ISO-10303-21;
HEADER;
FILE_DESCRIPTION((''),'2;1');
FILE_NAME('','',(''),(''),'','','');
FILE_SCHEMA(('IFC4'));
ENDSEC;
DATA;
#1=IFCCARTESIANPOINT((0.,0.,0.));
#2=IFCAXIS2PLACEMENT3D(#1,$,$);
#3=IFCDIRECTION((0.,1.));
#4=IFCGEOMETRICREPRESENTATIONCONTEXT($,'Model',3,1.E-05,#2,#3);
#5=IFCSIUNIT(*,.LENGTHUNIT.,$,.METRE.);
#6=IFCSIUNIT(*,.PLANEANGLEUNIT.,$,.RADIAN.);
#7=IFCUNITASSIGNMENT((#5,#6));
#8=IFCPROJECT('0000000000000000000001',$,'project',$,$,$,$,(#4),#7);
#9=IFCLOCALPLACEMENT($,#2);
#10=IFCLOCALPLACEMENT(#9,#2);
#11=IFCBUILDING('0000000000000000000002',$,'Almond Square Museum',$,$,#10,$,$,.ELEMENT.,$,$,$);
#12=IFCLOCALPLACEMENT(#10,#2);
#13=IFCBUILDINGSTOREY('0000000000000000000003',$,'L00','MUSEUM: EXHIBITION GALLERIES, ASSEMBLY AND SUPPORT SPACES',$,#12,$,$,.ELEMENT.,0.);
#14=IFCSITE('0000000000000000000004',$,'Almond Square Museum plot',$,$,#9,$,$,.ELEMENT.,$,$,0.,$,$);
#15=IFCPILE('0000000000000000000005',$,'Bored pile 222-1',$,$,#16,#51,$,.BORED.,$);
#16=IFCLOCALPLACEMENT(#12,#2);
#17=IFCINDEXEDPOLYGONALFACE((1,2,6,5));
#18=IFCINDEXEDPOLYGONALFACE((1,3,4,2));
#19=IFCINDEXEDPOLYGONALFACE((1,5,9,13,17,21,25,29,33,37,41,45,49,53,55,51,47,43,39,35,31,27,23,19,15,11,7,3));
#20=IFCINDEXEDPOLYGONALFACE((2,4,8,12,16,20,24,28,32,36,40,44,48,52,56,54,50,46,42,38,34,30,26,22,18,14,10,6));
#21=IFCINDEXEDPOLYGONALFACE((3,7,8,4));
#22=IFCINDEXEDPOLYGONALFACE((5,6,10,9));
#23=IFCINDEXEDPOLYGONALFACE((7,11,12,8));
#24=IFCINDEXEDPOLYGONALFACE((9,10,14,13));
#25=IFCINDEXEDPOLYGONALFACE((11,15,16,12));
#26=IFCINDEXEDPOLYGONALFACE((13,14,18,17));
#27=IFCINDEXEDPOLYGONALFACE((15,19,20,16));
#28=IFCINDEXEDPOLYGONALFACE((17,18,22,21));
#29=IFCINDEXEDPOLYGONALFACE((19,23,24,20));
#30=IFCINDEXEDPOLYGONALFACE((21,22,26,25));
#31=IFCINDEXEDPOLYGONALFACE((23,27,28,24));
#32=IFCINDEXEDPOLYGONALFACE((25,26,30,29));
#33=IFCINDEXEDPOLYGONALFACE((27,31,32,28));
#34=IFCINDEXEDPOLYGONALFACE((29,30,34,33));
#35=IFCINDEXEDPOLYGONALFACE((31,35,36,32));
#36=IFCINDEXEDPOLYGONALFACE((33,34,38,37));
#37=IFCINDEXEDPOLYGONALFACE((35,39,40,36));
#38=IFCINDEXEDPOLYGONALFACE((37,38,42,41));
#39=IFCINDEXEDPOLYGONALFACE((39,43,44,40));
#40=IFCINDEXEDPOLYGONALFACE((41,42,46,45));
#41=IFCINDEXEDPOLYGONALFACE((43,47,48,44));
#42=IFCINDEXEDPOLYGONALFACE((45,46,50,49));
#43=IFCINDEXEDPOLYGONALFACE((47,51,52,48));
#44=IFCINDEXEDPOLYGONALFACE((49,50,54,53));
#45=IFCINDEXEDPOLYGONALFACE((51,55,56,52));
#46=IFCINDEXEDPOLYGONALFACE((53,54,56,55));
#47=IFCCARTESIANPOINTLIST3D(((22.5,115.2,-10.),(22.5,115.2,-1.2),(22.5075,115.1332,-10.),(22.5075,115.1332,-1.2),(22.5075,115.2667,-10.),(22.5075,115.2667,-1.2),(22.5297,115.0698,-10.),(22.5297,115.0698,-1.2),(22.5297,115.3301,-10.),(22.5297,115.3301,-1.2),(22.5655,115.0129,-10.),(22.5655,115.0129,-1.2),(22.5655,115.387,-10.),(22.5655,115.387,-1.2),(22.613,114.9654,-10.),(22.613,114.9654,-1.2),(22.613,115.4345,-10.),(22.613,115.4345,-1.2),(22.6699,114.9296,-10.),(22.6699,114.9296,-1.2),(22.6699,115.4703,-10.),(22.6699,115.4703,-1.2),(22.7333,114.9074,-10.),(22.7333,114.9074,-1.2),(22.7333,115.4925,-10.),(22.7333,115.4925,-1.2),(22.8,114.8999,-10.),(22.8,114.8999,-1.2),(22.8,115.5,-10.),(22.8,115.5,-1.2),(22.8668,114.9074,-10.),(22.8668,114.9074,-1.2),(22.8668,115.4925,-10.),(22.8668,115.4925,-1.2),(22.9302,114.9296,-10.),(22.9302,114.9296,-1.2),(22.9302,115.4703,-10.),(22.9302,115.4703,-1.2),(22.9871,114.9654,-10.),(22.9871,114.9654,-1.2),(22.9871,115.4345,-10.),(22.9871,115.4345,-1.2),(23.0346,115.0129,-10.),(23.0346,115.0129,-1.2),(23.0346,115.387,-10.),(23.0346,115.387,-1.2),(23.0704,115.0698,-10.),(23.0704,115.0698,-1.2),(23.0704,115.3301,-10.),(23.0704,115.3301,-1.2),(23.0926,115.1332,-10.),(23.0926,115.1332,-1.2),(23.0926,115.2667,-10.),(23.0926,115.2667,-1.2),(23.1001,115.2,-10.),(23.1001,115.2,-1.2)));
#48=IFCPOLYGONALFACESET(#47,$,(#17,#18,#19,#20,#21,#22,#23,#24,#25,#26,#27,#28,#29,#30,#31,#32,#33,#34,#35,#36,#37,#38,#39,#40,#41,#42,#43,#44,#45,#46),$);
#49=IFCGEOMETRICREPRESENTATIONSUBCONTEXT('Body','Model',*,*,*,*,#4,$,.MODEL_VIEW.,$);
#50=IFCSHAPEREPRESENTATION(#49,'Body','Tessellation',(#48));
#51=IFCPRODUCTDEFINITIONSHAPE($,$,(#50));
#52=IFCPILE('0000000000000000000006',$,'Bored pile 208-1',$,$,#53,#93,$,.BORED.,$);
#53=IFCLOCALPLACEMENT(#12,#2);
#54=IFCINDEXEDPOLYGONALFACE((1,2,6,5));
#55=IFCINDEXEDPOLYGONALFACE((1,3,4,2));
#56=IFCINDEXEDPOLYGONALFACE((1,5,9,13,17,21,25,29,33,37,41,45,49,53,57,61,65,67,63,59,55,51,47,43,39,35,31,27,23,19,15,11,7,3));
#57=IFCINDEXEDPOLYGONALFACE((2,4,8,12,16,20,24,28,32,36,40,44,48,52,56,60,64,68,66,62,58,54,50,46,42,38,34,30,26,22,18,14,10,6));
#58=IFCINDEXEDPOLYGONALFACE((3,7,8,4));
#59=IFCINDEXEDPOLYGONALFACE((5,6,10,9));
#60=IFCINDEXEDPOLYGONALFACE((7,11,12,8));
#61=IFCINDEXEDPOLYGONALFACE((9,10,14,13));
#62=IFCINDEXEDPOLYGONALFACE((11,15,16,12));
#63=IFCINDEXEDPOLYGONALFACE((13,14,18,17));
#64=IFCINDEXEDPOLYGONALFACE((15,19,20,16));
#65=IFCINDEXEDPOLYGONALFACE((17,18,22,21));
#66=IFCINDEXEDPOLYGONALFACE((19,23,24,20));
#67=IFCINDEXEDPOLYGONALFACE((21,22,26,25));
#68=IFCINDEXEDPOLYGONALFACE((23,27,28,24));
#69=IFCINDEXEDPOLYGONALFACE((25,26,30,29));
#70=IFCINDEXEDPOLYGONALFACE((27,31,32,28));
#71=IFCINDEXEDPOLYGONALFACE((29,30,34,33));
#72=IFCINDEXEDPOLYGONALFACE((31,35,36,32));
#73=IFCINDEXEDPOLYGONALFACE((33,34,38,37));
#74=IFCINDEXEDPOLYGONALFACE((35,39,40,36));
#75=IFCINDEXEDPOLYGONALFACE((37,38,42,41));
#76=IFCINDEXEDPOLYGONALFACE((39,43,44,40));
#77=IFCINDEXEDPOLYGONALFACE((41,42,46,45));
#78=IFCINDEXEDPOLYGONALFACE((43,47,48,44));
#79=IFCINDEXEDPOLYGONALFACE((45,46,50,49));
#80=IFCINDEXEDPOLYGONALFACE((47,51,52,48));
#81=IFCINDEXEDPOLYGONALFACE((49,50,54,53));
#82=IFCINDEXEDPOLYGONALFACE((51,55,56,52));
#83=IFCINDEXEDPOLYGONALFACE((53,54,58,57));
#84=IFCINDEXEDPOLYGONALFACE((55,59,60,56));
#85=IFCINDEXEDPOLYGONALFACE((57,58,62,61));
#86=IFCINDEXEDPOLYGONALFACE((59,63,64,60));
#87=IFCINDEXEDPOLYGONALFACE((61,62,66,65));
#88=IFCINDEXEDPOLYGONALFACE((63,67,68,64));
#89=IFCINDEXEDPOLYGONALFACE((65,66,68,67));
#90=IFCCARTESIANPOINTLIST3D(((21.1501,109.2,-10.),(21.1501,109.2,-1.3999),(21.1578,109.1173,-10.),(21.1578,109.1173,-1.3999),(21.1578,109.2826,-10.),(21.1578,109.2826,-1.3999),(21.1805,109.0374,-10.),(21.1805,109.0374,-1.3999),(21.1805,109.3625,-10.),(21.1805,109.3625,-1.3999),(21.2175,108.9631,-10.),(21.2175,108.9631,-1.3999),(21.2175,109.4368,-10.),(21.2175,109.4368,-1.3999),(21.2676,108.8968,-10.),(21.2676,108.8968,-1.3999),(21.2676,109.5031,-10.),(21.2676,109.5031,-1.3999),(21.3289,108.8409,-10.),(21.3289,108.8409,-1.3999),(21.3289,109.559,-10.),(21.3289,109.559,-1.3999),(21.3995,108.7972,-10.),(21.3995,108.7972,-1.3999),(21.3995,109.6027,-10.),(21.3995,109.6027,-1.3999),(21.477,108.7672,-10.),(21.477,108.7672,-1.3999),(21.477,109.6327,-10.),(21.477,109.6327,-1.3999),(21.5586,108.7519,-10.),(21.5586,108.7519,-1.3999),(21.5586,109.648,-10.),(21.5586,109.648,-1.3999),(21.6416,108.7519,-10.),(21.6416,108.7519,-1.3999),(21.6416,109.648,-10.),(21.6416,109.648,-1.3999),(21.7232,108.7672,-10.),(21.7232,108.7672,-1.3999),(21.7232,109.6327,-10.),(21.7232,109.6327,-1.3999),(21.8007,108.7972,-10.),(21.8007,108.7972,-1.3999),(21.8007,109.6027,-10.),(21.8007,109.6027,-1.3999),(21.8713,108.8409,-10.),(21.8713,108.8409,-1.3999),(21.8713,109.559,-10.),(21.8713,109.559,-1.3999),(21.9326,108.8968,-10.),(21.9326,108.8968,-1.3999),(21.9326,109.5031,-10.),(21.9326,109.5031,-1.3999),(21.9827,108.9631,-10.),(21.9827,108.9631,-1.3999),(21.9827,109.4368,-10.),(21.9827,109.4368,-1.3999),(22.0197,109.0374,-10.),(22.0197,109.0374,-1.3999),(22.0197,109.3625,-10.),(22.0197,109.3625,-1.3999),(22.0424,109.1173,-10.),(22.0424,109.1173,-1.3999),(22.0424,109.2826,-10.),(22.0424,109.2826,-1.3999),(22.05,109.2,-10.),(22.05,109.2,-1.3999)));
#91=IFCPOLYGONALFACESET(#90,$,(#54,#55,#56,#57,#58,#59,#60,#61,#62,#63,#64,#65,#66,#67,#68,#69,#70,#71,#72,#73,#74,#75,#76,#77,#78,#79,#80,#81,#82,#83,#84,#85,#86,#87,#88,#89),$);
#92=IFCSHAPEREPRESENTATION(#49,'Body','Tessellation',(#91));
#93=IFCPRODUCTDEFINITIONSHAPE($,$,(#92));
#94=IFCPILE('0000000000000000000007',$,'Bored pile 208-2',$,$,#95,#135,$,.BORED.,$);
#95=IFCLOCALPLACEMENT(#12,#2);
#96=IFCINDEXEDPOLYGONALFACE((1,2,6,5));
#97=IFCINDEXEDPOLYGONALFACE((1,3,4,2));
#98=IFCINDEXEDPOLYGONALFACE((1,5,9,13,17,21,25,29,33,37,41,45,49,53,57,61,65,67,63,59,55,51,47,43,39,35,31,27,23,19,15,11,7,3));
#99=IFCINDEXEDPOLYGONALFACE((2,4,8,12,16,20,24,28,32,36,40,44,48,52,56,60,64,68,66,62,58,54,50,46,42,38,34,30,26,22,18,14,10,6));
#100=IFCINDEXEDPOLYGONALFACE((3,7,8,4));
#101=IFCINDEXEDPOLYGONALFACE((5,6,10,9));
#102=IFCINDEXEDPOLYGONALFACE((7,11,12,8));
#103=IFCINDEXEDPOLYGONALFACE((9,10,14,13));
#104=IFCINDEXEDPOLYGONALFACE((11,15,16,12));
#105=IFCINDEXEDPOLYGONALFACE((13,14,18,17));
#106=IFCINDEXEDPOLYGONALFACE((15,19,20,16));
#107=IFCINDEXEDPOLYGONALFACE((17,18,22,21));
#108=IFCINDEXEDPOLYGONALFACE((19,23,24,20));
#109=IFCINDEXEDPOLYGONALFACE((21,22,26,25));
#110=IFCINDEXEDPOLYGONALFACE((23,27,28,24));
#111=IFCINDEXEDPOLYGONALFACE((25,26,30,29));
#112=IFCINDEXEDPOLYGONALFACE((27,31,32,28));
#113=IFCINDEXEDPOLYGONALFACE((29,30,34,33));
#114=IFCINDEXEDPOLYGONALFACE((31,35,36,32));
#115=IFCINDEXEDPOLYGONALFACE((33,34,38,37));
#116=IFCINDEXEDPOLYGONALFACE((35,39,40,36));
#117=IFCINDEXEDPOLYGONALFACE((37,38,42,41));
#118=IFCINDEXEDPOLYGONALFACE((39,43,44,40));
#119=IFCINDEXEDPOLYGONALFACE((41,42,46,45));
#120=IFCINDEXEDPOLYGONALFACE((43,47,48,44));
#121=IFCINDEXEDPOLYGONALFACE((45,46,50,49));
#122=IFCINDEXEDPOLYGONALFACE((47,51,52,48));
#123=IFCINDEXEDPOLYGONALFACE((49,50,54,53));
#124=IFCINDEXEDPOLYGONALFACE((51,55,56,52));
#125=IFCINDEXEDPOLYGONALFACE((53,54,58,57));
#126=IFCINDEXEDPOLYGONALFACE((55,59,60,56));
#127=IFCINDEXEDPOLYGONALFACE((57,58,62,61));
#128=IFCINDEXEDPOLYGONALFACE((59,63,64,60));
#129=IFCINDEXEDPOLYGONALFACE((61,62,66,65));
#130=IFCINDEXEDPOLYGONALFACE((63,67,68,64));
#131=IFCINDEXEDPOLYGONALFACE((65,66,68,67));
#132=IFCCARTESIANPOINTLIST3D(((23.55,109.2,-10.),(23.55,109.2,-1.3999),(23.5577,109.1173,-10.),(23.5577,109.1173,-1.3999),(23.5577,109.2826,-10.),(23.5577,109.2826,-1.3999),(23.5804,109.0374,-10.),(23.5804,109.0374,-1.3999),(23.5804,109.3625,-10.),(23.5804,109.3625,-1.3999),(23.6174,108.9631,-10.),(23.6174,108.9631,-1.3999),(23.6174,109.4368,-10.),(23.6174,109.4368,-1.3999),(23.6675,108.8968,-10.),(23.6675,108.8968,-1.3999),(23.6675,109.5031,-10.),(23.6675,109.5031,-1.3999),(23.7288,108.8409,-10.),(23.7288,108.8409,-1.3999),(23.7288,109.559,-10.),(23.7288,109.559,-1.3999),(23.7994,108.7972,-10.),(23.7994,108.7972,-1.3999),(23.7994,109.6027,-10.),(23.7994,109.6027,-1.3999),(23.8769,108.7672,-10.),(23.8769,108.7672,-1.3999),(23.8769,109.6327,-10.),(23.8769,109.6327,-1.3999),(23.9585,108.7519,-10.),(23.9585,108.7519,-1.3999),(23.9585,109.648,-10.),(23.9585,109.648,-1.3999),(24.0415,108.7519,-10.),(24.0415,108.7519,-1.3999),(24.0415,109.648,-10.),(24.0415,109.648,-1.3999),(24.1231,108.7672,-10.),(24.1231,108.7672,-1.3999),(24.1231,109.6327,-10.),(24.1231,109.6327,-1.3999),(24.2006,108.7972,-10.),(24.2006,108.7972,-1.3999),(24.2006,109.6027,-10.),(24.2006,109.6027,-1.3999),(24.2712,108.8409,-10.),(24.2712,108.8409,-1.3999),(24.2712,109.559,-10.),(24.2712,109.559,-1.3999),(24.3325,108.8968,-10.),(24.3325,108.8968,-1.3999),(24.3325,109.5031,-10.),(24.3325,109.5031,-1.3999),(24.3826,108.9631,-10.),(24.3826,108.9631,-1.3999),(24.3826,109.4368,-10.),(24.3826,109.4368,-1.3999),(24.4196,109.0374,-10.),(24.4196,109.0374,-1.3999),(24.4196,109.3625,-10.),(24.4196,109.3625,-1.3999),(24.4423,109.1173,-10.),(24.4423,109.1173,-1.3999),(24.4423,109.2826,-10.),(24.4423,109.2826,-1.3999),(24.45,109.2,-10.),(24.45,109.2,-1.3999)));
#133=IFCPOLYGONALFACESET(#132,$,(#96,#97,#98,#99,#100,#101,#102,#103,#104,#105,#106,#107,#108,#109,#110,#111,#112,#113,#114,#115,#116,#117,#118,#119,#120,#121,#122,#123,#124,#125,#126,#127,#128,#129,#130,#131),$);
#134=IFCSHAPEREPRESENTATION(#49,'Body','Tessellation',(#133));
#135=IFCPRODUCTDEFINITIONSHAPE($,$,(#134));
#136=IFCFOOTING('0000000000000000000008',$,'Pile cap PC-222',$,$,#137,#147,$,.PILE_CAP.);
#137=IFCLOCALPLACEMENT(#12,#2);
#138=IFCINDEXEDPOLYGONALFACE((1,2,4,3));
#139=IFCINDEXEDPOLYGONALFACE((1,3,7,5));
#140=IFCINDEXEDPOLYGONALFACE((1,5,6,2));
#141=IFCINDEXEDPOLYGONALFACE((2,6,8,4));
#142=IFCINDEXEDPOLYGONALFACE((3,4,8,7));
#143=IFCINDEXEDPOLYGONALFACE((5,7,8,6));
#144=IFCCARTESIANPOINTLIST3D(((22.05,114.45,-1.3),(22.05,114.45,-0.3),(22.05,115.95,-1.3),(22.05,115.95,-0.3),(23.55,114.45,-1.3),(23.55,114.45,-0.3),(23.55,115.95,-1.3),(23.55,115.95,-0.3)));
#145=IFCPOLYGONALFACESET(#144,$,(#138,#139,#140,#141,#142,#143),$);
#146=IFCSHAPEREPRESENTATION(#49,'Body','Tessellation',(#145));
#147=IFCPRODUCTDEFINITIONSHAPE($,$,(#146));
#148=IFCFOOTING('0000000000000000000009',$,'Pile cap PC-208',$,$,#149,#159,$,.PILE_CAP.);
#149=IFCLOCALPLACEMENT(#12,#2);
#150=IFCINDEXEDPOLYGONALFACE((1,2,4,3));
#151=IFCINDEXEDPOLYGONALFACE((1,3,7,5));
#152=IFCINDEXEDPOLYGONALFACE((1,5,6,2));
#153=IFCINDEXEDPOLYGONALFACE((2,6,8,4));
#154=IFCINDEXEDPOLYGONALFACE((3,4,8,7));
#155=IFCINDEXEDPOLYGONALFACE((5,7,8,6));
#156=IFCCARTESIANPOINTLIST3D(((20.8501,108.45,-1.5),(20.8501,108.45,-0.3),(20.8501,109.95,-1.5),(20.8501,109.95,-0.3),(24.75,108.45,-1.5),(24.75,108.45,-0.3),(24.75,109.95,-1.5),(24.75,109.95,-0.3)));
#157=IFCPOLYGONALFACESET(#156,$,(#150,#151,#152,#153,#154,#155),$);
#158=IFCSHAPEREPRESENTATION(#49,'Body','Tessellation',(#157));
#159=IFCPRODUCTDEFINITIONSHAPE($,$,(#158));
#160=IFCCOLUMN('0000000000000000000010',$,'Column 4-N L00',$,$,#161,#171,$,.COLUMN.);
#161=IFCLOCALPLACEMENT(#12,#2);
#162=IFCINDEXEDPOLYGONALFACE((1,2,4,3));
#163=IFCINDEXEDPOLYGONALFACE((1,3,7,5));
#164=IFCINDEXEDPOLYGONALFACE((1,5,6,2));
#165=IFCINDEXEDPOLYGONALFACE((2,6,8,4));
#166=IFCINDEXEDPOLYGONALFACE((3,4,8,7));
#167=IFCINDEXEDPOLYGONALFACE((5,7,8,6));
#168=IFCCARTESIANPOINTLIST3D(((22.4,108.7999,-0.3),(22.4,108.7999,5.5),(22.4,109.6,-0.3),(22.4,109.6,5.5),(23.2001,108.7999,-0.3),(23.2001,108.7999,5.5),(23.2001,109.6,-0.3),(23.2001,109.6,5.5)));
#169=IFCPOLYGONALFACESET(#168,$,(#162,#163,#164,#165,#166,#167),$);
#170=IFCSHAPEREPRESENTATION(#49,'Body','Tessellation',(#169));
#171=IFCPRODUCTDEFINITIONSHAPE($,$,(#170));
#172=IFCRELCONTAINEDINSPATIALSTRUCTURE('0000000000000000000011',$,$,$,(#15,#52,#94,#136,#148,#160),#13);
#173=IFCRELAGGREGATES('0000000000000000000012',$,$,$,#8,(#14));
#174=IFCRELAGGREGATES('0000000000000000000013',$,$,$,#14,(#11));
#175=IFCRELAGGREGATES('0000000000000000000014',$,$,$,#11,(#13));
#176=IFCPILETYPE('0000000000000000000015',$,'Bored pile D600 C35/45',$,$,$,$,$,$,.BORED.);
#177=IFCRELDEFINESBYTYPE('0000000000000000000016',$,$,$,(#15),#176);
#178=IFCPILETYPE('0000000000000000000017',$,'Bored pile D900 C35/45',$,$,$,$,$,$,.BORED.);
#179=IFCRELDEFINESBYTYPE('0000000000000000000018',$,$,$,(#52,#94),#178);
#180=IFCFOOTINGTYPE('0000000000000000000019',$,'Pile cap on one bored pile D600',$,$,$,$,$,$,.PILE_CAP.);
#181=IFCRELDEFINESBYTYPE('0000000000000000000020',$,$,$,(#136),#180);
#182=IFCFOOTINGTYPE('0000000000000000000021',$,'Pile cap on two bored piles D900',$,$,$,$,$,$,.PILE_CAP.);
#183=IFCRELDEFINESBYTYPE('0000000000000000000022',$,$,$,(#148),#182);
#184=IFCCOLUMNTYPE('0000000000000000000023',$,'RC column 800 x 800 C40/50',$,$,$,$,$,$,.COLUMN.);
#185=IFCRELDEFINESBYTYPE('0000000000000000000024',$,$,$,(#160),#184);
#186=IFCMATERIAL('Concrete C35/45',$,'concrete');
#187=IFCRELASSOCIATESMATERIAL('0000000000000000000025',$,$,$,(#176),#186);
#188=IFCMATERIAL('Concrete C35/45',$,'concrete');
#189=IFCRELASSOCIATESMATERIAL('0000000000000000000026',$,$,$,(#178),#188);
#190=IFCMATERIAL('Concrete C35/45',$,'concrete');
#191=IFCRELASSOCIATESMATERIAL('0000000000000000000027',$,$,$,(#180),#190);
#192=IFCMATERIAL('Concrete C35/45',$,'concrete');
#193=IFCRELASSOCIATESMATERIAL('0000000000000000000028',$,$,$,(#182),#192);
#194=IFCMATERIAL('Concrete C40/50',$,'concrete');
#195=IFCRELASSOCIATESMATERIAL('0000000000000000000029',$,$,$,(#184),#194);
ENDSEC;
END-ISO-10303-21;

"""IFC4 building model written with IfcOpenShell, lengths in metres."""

from ifc_helpers import new_model, si_unit, direction, frame, origin, origin_2d, place, context, subcontext, project, spatial, rectangle, circle, extrude, material, material_profile, profile_set, type_object, element, save


model = new_model("IFC4")

# Units and contexts
model_context = context("Model", 3, precision=1e-05, world=origin(), true_north=direction((0.0, 1.0)))
body_context = subcontext(model_context, "Body", "Model", "MODEL_VIEW")
ifc_project = project(units=[si_unit("LENGTHUNIT", "METRE"), si_unit("PLANEANGLEUNIT", "RADIAN")], contexts=[model_context])

# Site, building, storey
site_placement = place(None, origin())
site = spatial("IfcSite", under=ifc_project, at=site_placement, Name="Almond Square Museum plot", CompositionType="ELEMENT", RefElevation=0.0)
building_placement = place(site_placement, origin())
building = spatial("IfcBuilding", under=site, at=building_placement, Name="Almond Square Museum", CompositionType="ELEMENT")
storey_placement = place(building_placement, origin())
storey = spatial("IfcBuildingStorey", under=building, at=storey_placement, Name="L00", Description="MUSEUM: EXHIBITION GALLERIES, ASSEMBLY AND SUPPORT SPACES", CompositionType="ELEMENT", Elevation=0.0)

# Piles
ifc_material_1 = material(Name="Concrete C35/45", Category="concrete")
ifc_material_profile_1 = material_profile(ifc_material_1, circle(Radius=0.3, at=origin_2d()))
ifc_profile_set_1 = profile_set([ifc_material_profile_1], Name="Concrete C35/45")
pile_type_1 = type_object("IfcPileType", Name="Bored pile D600 C35/45", PredefinedType="BORED", material=ifc_profile_set_1)
pile_placement = place(storey_placement, frame((22.8, 115.2, -1.2), z_axis=(0.0, 0.0, -1.0), x_axis=(1.0, 0.0, 0.0)))
element("IfcPile", 1, at=pile_placement, inside=storey, type_object=pile_type_1, Name="Bored pile 222-1", PredefinedType="BORED", context=body_context, shape_type="SweptSolid", body=[
    extrude(circle(Radius=0.3, at=origin_2d()), origin(), (0.0, 0.0, 1.0), 8.8),
])
ifc_material_2 = material(Name="Concrete C35/45", Category="concrete")
ifc_material_profile_2 = material_profile(ifc_material_2, circle(Radius=0.45, at=origin_2d()))
ifc_profile_set_2 = profile_set([ifc_material_profile_2], Name="Concrete C35/45")
pile_type_2 = type_object("IfcPileType", Name="Bored pile D900 C35/45", PredefinedType="BORED", material=ifc_profile_set_2)
for number, where, z_axis, x_axis, name in (
    (2, (21.6001, 109.2, -1.3999), (0.0, 0.0, -1.0), (1.0, 0.0, 0.0), "Bored pile 208-1"),
    (3, (24.0, 109.2, -1.3999), (0.0, 0.0, -1.0), (1.0, 0.0, 0.0), "Bored pile 208-2"),
):
    element("IfcPile", number, at=place(storey_placement, frame(where, z_axis=z_axis, x_axis=x_axis)), inside=storey, type_object=pile_type_2, Name=name, PredefinedType="BORED", context=body_context, shape_type="SweptSolid", body=[
        extrude(circle(Radius=0.45, at=origin_2d()), origin(), (0.0, 0.0, 1.0), 8.6001),
    ])

# Footings
ifc_material_3 = material(Name="Concrete C35/45", Category="concrete")
footing_type_1 = type_object("IfcFootingType", Name="Pile cap on one bored pile D600", PredefinedType="PILE_CAP", material=ifc_material_3)
footing_1_placement = place(storey_placement, frame((22.8, 115.2, -1.3), z_axis=(0.0, 0.0, 1.0), x_axis=(1.0, 0.0, 0.0)))
element("IfcFooting", 4, at=footing_1_placement, inside=storey, type_object=footing_type_1, Name="Pile cap PC-222", PredefinedType="PILE_CAP", context=body_context, shape_type="SweptSolid", body=[
    extrude(rectangle(XDim=1.5, YDim=1.5, at=origin_2d()), origin(), (0.0, 0.0, 1.0), 1.0),
])
ifc_material_4 = material(Name="Concrete C35/45", Category="concrete")
footing_type_2 = type_object("IfcFootingType", Name="Pile cap on two bored piles D900", PredefinedType="PILE_CAP", material=ifc_material_4)
footing_2_placement = place(storey_placement, frame((22.8, 109.2, -1.5), z_axis=(0.0, 0.0, 1.0), x_axis=(1.0, 0.0, 0.0)))
element("IfcFooting", 5, at=footing_2_placement, inside=storey, type_object=footing_type_2, Name="Pile cap PC-208", PredefinedType="PILE_CAP", context=body_context, shape_type="SweptSolid", body=[
    extrude(rectangle(XDim=3.8999, YDim=1.5, at=origin_2d()), origin(), (0.0, 0.0, 1.0), 1.2),
])

# Column
ifc_material_5 = material(Name="Concrete C40/50", Category="concrete")
ifc_material_profile_3 = material_profile(ifc_material_5, rectangle(XDim=0.8, YDim=0.8, at=origin_2d()))
ifc_profile_set_3 = profile_set([ifc_material_profile_3], Name="Concrete C40/50")
column_type_1 = type_object("IfcColumnType", Name="RC column 800 x 800 C40/50", PredefinedType="COLUMN", material=ifc_profile_set_3)
column_1_placement = place(storey_placement, frame((22.8, 109.2, -0.3), z_axis=(0.0, 0.0, 1.0), x_axis=(1.0, 0.0, 0.0)))
element("IfcColumn", 6, at=column_1_placement, inside=storey, type_object=column_type_1, Name="Column 4-N L00", PredefinedType="COLUMN", context=body_context, shape_type="SweptSolid", body=[
    extrude(rectangle(XDim=0.8, YDim=0.8, at=origin_2d()), origin(), (0.0, 0.0, 1.0), 5.8),
])

save(model, "model.ifc")
